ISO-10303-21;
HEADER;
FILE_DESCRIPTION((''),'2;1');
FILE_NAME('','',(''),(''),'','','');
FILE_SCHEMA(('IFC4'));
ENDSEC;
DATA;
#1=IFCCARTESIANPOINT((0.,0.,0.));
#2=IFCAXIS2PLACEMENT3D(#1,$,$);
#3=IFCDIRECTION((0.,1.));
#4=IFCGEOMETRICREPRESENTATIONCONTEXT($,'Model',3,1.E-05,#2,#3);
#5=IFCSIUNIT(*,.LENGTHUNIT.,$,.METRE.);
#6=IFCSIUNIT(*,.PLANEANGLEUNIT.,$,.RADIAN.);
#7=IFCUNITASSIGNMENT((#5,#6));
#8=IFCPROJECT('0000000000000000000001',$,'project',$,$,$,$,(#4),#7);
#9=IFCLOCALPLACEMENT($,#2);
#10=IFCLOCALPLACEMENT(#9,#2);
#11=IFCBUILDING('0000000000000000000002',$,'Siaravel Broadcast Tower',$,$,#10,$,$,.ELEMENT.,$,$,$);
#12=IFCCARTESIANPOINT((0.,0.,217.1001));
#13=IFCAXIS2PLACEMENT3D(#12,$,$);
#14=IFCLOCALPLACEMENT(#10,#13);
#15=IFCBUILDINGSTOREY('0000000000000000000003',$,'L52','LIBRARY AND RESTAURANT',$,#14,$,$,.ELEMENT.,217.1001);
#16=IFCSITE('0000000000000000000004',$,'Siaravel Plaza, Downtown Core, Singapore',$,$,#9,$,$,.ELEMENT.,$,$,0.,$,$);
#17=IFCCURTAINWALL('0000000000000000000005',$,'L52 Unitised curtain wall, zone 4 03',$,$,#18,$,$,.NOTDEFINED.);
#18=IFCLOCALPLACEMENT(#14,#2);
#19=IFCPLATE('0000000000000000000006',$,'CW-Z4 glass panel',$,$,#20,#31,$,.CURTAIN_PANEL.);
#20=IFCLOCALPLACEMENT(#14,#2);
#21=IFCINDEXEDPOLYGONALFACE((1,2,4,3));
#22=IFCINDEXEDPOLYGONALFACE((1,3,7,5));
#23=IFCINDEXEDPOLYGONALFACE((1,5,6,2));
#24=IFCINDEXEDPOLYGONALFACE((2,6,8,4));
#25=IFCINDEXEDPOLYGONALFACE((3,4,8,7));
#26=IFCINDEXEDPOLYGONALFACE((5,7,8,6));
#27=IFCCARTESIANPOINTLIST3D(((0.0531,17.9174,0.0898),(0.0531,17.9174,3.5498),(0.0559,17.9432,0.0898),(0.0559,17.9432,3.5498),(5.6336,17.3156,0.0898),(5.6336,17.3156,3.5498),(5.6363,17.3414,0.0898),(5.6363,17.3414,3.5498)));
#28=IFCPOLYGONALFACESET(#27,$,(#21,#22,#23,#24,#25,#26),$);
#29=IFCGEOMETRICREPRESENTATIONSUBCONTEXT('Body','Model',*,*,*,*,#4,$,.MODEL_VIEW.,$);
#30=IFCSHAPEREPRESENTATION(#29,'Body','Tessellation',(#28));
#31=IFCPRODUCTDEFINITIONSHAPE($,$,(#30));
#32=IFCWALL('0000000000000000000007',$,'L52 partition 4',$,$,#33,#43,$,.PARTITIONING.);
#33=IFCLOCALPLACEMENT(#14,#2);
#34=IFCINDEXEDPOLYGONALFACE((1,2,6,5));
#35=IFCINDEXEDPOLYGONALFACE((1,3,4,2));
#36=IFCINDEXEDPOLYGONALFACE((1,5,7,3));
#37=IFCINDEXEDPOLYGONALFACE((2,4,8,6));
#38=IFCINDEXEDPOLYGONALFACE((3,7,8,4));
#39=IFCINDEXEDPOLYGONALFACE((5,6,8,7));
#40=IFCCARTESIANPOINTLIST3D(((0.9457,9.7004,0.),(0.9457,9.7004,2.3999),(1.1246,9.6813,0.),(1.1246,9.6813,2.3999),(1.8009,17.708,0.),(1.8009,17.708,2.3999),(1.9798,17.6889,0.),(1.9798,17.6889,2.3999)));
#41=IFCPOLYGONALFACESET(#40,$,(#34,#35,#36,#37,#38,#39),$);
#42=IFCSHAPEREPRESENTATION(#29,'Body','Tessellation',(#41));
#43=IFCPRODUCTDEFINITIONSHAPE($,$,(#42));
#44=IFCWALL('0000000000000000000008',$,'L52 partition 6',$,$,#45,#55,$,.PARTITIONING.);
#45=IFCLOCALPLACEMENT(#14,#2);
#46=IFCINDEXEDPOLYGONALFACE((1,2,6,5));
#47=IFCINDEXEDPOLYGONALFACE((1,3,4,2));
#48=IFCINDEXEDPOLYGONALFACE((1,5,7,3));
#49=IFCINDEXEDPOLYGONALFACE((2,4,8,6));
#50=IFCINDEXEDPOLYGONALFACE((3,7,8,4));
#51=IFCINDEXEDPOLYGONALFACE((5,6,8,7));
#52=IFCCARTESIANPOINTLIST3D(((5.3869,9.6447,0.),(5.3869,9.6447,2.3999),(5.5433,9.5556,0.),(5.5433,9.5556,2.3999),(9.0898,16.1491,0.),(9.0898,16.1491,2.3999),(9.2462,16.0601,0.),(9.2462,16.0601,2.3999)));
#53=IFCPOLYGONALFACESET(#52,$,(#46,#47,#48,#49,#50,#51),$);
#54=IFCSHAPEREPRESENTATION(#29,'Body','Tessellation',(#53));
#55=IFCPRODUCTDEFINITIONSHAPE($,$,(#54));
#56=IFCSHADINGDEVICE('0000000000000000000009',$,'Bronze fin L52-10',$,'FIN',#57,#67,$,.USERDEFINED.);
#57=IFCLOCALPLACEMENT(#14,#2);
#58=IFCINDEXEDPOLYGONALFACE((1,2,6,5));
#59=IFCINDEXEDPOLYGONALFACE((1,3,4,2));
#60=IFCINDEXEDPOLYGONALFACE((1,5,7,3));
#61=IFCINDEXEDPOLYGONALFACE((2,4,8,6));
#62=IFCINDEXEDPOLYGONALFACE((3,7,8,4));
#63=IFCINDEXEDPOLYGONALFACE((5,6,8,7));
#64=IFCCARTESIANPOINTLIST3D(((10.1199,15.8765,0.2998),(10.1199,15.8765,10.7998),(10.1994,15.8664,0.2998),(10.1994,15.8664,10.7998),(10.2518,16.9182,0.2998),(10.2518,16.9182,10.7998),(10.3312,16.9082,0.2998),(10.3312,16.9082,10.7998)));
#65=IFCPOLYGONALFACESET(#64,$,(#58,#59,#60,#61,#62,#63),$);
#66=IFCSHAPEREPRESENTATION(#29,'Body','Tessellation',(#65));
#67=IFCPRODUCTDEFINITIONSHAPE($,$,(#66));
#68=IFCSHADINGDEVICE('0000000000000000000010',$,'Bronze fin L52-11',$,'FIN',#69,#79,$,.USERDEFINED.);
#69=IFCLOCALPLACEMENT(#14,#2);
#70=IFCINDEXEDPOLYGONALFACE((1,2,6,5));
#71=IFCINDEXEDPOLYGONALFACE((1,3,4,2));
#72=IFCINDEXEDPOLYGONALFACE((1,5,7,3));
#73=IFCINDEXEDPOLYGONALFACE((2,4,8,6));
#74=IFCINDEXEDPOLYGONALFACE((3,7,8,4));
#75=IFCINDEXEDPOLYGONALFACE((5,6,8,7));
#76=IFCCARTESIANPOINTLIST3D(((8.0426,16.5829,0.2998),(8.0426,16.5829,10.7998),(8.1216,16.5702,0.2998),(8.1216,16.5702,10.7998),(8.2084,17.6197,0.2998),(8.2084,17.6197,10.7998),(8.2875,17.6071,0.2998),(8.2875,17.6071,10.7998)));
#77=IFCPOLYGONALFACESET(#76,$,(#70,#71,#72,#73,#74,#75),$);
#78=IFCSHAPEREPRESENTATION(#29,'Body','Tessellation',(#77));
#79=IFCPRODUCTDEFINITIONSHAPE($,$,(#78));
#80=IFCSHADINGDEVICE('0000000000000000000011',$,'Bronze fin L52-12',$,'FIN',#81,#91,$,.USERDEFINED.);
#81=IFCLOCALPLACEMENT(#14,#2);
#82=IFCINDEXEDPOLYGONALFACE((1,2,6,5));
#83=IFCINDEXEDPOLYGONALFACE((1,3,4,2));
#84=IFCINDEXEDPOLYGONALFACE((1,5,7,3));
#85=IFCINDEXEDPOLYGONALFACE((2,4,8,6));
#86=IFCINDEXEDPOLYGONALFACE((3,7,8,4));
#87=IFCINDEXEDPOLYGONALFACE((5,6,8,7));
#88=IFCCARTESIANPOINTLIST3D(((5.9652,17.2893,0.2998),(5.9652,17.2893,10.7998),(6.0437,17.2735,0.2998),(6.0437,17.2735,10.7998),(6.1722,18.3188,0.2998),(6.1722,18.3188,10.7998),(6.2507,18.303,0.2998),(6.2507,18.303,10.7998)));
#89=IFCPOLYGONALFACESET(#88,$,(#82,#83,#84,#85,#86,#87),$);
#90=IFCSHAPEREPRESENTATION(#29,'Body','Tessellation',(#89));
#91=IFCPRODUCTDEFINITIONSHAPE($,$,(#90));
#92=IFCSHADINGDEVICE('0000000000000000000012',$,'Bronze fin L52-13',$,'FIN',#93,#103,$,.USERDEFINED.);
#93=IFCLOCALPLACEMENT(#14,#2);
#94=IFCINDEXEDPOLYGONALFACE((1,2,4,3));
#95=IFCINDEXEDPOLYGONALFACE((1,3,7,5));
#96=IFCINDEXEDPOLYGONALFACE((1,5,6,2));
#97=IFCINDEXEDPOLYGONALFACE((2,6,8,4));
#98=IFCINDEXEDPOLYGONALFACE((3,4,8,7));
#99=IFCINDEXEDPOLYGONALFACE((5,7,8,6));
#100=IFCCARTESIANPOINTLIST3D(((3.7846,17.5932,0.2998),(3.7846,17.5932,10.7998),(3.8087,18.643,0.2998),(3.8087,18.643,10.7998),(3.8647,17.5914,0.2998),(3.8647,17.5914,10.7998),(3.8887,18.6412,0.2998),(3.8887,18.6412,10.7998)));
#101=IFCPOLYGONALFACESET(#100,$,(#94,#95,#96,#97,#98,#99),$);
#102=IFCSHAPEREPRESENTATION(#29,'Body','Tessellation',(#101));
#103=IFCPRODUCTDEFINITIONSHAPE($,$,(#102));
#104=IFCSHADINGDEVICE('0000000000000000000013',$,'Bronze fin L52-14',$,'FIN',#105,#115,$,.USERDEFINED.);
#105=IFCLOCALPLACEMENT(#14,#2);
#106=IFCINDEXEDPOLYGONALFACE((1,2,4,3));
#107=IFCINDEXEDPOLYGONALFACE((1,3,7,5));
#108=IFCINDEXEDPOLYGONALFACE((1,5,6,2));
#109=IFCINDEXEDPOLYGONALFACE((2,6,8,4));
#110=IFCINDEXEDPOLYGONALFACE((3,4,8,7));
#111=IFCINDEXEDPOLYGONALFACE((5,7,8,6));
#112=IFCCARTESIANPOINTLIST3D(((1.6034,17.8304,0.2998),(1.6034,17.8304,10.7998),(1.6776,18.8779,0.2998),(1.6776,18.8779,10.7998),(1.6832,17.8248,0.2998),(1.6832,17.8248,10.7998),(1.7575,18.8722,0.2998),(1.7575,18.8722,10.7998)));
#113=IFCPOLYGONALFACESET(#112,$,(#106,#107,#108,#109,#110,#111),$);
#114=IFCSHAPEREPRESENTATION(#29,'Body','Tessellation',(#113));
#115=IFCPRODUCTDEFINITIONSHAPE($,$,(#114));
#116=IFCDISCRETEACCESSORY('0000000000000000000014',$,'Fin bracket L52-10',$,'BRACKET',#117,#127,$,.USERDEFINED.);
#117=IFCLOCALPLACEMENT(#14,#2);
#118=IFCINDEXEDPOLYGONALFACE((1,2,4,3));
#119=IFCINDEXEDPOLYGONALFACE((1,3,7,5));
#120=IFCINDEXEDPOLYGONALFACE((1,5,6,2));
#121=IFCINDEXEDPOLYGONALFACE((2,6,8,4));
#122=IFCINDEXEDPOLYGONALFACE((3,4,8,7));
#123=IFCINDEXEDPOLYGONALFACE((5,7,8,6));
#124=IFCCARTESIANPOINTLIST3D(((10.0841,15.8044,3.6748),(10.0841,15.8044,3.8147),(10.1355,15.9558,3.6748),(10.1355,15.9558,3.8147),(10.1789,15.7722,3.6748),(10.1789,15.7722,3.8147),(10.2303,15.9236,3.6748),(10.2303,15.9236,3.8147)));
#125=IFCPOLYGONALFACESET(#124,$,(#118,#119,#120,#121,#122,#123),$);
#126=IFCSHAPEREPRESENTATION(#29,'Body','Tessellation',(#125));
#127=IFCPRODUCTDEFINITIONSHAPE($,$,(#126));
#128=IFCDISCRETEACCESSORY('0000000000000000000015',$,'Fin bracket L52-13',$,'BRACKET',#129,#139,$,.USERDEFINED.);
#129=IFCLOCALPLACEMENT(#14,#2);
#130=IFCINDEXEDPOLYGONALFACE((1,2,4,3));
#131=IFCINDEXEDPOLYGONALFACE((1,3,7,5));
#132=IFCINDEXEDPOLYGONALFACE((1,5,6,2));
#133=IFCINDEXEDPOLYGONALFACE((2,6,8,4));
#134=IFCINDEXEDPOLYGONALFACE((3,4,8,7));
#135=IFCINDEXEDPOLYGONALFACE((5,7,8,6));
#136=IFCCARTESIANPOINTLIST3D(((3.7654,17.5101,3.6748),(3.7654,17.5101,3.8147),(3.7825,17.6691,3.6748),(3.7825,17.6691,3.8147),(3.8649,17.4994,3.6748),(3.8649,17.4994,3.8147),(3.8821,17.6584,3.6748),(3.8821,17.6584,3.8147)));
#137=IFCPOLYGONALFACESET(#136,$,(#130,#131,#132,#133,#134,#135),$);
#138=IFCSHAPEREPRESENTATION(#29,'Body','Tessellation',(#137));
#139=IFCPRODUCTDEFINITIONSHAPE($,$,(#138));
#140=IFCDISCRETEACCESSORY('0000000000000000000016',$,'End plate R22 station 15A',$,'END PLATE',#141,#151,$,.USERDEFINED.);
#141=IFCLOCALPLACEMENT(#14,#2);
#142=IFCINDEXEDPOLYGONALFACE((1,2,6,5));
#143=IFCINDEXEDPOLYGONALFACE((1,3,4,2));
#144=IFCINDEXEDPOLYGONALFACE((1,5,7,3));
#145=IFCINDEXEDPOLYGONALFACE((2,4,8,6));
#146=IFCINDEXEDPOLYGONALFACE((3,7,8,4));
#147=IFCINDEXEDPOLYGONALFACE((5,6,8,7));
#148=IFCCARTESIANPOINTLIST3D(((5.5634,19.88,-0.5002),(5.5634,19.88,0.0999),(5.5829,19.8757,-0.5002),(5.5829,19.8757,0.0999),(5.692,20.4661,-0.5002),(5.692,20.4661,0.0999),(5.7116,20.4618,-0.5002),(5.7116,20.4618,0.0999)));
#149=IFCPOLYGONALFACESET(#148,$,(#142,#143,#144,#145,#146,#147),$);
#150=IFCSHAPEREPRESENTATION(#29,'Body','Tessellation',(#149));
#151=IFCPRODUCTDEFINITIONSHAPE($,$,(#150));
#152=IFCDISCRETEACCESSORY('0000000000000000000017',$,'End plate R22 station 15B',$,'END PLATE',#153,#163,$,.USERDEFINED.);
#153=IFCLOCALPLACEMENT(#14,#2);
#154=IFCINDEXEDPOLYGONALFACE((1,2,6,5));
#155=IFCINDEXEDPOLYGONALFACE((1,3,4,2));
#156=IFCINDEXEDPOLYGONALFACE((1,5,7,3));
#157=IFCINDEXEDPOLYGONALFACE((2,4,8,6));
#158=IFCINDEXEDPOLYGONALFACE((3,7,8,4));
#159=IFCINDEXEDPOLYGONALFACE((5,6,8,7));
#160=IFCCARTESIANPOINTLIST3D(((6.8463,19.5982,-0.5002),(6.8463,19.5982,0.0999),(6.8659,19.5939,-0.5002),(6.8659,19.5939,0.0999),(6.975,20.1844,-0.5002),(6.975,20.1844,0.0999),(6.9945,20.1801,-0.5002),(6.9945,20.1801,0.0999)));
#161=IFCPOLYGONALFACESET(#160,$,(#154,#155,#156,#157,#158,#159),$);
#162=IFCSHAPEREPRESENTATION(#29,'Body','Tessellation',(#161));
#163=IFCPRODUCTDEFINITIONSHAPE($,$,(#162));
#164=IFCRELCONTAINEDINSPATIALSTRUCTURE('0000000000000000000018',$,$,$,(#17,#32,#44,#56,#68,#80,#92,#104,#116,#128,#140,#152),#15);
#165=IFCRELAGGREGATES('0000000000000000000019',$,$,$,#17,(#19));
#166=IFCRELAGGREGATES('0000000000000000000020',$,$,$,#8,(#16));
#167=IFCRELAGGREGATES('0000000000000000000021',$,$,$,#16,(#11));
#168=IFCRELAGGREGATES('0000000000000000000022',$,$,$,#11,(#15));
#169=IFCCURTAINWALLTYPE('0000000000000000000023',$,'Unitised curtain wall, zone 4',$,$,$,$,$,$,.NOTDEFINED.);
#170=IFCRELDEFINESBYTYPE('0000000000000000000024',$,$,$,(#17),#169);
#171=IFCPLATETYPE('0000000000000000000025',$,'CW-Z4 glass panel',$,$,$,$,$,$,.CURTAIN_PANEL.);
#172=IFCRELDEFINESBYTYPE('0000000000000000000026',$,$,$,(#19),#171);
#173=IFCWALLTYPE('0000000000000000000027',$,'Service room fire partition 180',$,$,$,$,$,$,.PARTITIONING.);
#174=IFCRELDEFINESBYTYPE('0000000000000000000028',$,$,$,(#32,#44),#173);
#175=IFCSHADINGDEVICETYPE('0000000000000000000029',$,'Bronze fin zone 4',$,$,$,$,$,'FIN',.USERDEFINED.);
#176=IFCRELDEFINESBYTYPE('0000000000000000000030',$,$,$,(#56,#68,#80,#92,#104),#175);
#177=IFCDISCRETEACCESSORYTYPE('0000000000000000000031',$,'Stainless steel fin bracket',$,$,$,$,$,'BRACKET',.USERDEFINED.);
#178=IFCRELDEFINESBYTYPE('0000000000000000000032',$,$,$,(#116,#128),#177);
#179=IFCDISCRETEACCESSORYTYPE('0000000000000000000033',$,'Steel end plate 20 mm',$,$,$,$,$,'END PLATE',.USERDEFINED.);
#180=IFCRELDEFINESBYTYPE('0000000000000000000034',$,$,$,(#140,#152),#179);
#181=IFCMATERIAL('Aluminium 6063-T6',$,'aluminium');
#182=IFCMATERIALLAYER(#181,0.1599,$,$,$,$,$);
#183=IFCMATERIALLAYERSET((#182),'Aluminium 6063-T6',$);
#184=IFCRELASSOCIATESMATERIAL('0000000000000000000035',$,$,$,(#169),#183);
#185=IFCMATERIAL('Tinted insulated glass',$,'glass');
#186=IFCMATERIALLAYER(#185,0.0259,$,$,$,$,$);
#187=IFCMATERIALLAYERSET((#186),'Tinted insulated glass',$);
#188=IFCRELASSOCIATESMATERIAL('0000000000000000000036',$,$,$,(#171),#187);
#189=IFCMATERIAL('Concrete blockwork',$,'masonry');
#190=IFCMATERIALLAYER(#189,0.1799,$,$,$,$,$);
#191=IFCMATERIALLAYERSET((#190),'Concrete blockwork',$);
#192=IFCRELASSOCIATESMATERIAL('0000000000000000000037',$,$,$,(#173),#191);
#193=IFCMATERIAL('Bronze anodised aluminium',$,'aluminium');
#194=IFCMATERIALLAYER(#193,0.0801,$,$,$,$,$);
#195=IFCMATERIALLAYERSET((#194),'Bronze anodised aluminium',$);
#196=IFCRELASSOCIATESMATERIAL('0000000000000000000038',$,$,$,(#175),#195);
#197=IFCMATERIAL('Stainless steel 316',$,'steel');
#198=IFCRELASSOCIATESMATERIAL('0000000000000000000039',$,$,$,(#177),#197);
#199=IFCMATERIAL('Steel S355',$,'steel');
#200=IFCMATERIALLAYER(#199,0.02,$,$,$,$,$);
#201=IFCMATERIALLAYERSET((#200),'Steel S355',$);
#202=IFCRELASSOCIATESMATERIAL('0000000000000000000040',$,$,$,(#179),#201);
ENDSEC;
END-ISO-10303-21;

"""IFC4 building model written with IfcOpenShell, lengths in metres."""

from ifc_helpers import new_model, si_unit, direction, frame, frame_2d, origin, origin_2d, place, context, subcontext, project, spatial, rectangle, extrude, material, layer, layer_set, type_object, element, aggregate, save


model = new_model("IFC4")

# Units and contexts
model_context = context("Model", 3, precision=1e-05, world=origin(), true_north=direction((0.0, 1.0)))
body_context = subcontext(model_context, "Body", "Model", "MODEL_VIEW")
ifc_project = project(units=[si_unit("LENGTHUNIT", "METRE"), si_unit("PLANEANGLEUNIT", "RADIAN")], contexts=[model_context])

# Site, building, storey
site_placement = place(None, origin())
site = spatial("IfcSite", under=ifc_project, at=site_placement, Name="Siaravel Plaza, Downtown Core, Singapore", CompositionType="ELEMENT", RefElevation=0.0)
building_placement = place(site_placement, origin())
building = spatial("IfcBuilding", under=site, at=building_placement, Name="Siaravel Broadcast Tower", CompositionType="ELEMENT")
storey_placement = place(building_placement, frame((0.0, 0.0, 217.1001)))
storey = spatial("IfcBuildingStorey", under=building, at=storey_placement, Name="L52", Description="LIBRARY AND RESTAURANT", CompositionType="ELEMENT", Elevation=217.1001)

# Shared definitions
ifc_material_1 = material(Name="Steel S355", Category="steel")

# Curtain wall
ifc_material_2 = material(Name="Aluminium 6063-T6", Category="aluminium")
ifc_layer_1 = layer(ifc_material_2, 0.1599)
ifc_layer_set_1 = layer_set([ifc_layer_1], Name="Aluminium 6063-T6")
curtain_wall_type = type_object("IfcCurtainWallType", Name="Unitised curtain wall, zone 4", PredefinedType="NOTDEFINED", material=ifc_layer_set_1)
curtain_wall_placement = place(storey_placement, origin())
curtain_wall = element("IfcCurtainWall", 1, at=curtain_wall_placement, inside=storey, type_object=curtain_wall_type, Name="L52 Unitised curtain wall, zone 4 03", PredefinedType="NOTDEFINED")

# Plate
ifc_material_3 = material(Name="Tinted insulated glass", Category="glass")
ifc_layer_2 = layer(ifc_material_3, 0.0259)
ifc_layer_set_2 = layer_set([ifc_layer_2], Name="Tinted insulated glass")
plate_type = type_object("IfcPlateType", Name="CW-Z4 glass panel", PredefinedType="CURTAIN_PANEL", material=ifc_layer_set_2)
plate_1_placement = place(storey_placement, frame((2.8447, 17.6294, 0.0898), z_axis=(0.0, 0.0, 1.0), x_axis=(-0.994236, 0.107218, 0.0)))
plate_1 = element("IfcPlate", 2, at=plate_1_placement, type_object=plate_type, Name="CW-Z4 glass panel", PredefinedType="CURTAIN_PANEL", context=body_context, shape_type="SweptSolid", body=[
    extrude(rectangle(XDim=5.6128, YDim=0.0259, at=origin_2d()), origin(), (0.0, 0.0, 1.0), 3.46),
])
aggregate(curtain_wall, [plate_1])

# Walls
ifc_material_4 = material(Name="Concrete blockwork", Category="masonry")
ifc_layer_3 = layer(ifc_material_4, 0.1799)
ifc_layer_set_3 = layer_set([ifc_layer_3], Name="Concrete blockwork")
wall_type = type_object("IfcWallType", Name="Service room fire partition 180", PredefinedType="PARTITIONING", material=ifc_layer_set_3)
wall_1_placement = place(storey_placement, frame((1.8904, 17.6985, 0.0), z_axis=(0.0, 0.0, 1.0), x_axis=(-0.106198, -0.994345, 0.0)))
element("IfcWall", 3, at=wall_1_placement, inside=storey, type_object=wall_type, Name="L52 partition 4", PredefinedType="PARTITIONING", context=body_context, shape_type="SweptSolid", body=[
    extrude(rectangle(XDim=8.0532, YDim=0.1799, at=frame_2d((4.0266, 0.0))), origin(), (0.0, 0.0, 1.0), 2.3999),
])
wall_2_placement = place(storey_placement, frame((9.168, 16.1045, 0.0), z_axis=(0.0, 0.0, 1.0), x_axis=(-0.494737, -0.869043, 0.0)))
element("IfcWall", 4, at=wall_2_placement, inside=storey, type_object=wall_type, Name="L52 partition 6", PredefinedType="PARTITIONING", context=body_context, shape_type="SweptSolid", body=[
    extrude(rectangle(XDim=7.4846, YDim=0.1799, at=frame_2d((3.7422, 0.0))), origin(), (0.0, 0.0, 1.0), 2.3999),
])

# Shading devices
ifc_material_5 = material(Name="Bronze anodised aluminium", Category="aluminium")
ifc_layer_4 = layer(ifc_material_5, 0.0801)
ifc_layer_set_4 = layer_set([ifc_layer_4], Name="Bronze anodised aluminium")
shading_device_type = type_object("IfcShadingDeviceType", Name="Bronze fin zone 4", ElementType="FIN", PredefinedType="USERDEFINED", material=ifc_layer_set_4)
for number, where, z_axis, x_axis, name in (
    (5, (10.2256, 16.3923, 0.2998), (0.0, 0.0, 1.0), (0.125569, 0.992085, 0.0), "Bronze fin L52-10"),
    (6, (8.165, 17.095, 0.2998), (0.0, 0.0, 1.0), (0.15797, 0.987444, 0.0), "Bronze fin L52-11"),
    (7, (6.1079, 17.7961, 0.2998), (0.0, 0.0, 1.0), (0.19713, 0.980377, 0.0), "Bronze fin L52-12"),
    (8, (3.8367, 18.1172, 0.2998), (0.0, 0.0, 1.0), (0.022918, 0.999737, 0.0), "Bronze fin L52-13"),
    (9, (1.6804, 18.3513, 0.2998), (0.0, 0.0, 1.0), (0.0707, 0.997498, 0.0), "Bronze fin L52-14"),
):
    element("IfcShadingDevice", number, at=place(storey_placement, frame(where, z_axis=z_axis, x_axis=x_axis)), inside=storey, type_object=shading_device_type, Name=name, ObjectType="FIN", PredefinedType="USERDEFINED", context=body_context, shape_type="SweptSolid", body=[
        extrude(rectangle(XDim=1.05, YDim=0.0801, at=origin_2d()), origin(), (0.0, 0.0, 1.0), 10.5),
    ])

# Discrete accessories
ifc_material_6 = material(Name="Stainless steel 316", Category="steel")
discrete_accessory_type_1 = type_object("IfcDiscreteAccessoryType", Name="Stainless steel fin bracket", ElementType="BRACKET", PredefinedType="USERDEFINED", material=ifc_material_6)
for number, where, z_axis, x_axis, name in (
    (10, (10.1572, 15.864, 3.6748), (0.0, 0.0, 1.0), (0.321301, 0.946977, 0.0), "Fin bracket L52-10"),
    (11, (3.8237, 17.5842, 3.6748), (0.0, 0.0, 1.0), (0.107219, 0.994235, 0.0), "Fin bracket L52-13"),
):
    element("IfcDiscreteAccessory", number, at=place(storey_placement, frame(where, z_axis=z_axis, x_axis=x_axis)), inside=storey, type_object=discrete_accessory_type_1, Name=name, ObjectType="BRACKET", PredefinedType="USERDEFINED", context=body_context, shape_type="SweptSolid", body=[
        extrude(rectangle(XDim=0.1599, YDim=0.1001, at=origin_2d()), origin(), (0.0, 0.0, 1.0), 0.1399),
    ])
ifc_layer_5 = layer(ifc_material_1, 0.02)
ifc_layer_set_5 = layer_set([ifc_layer_5], Name="Steel S355")
discrete_accessory_type_2 = type_object("IfcDiscreteAccessoryType", Name="Steel end plate 20 mm", ElementType="END PLATE", PredefinedType="USERDEFINED", material=ifc_layer_set_5)
for number, where, z_axis, x_axis, name in (
    (12, (5.6375, 20.1709, -0.5002), (0.0, 0.0, 1.0), (-0.976751, 0.214377, 0.0), "End plate R22 station 15A"),
    (13, (6.9204, 19.8892, -0.5002), (0.0, 0.0, 1.0), (-0.976751, 0.214377, 0.0), "End plate R22 station 15B"),
):
    element("IfcDiscreteAccessory", number, at=place(storey_placement, frame(where, z_axis=z_axis, x_axis=x_axis)), inside=storey, type_object=discrete_accessory_type_2, Name=name, ObjectType="END PLATE", PredefinedType="USERDEFINED", context=body_context, shape_type="SweptSolid", body=[
        extrude(rectangle(XDim=0.02, YDim=0.6001, at=origin_2d()), origin(), (0.0, 0.0, 1.0), 0.6001),
    ])

save(model, "model.ifc")
